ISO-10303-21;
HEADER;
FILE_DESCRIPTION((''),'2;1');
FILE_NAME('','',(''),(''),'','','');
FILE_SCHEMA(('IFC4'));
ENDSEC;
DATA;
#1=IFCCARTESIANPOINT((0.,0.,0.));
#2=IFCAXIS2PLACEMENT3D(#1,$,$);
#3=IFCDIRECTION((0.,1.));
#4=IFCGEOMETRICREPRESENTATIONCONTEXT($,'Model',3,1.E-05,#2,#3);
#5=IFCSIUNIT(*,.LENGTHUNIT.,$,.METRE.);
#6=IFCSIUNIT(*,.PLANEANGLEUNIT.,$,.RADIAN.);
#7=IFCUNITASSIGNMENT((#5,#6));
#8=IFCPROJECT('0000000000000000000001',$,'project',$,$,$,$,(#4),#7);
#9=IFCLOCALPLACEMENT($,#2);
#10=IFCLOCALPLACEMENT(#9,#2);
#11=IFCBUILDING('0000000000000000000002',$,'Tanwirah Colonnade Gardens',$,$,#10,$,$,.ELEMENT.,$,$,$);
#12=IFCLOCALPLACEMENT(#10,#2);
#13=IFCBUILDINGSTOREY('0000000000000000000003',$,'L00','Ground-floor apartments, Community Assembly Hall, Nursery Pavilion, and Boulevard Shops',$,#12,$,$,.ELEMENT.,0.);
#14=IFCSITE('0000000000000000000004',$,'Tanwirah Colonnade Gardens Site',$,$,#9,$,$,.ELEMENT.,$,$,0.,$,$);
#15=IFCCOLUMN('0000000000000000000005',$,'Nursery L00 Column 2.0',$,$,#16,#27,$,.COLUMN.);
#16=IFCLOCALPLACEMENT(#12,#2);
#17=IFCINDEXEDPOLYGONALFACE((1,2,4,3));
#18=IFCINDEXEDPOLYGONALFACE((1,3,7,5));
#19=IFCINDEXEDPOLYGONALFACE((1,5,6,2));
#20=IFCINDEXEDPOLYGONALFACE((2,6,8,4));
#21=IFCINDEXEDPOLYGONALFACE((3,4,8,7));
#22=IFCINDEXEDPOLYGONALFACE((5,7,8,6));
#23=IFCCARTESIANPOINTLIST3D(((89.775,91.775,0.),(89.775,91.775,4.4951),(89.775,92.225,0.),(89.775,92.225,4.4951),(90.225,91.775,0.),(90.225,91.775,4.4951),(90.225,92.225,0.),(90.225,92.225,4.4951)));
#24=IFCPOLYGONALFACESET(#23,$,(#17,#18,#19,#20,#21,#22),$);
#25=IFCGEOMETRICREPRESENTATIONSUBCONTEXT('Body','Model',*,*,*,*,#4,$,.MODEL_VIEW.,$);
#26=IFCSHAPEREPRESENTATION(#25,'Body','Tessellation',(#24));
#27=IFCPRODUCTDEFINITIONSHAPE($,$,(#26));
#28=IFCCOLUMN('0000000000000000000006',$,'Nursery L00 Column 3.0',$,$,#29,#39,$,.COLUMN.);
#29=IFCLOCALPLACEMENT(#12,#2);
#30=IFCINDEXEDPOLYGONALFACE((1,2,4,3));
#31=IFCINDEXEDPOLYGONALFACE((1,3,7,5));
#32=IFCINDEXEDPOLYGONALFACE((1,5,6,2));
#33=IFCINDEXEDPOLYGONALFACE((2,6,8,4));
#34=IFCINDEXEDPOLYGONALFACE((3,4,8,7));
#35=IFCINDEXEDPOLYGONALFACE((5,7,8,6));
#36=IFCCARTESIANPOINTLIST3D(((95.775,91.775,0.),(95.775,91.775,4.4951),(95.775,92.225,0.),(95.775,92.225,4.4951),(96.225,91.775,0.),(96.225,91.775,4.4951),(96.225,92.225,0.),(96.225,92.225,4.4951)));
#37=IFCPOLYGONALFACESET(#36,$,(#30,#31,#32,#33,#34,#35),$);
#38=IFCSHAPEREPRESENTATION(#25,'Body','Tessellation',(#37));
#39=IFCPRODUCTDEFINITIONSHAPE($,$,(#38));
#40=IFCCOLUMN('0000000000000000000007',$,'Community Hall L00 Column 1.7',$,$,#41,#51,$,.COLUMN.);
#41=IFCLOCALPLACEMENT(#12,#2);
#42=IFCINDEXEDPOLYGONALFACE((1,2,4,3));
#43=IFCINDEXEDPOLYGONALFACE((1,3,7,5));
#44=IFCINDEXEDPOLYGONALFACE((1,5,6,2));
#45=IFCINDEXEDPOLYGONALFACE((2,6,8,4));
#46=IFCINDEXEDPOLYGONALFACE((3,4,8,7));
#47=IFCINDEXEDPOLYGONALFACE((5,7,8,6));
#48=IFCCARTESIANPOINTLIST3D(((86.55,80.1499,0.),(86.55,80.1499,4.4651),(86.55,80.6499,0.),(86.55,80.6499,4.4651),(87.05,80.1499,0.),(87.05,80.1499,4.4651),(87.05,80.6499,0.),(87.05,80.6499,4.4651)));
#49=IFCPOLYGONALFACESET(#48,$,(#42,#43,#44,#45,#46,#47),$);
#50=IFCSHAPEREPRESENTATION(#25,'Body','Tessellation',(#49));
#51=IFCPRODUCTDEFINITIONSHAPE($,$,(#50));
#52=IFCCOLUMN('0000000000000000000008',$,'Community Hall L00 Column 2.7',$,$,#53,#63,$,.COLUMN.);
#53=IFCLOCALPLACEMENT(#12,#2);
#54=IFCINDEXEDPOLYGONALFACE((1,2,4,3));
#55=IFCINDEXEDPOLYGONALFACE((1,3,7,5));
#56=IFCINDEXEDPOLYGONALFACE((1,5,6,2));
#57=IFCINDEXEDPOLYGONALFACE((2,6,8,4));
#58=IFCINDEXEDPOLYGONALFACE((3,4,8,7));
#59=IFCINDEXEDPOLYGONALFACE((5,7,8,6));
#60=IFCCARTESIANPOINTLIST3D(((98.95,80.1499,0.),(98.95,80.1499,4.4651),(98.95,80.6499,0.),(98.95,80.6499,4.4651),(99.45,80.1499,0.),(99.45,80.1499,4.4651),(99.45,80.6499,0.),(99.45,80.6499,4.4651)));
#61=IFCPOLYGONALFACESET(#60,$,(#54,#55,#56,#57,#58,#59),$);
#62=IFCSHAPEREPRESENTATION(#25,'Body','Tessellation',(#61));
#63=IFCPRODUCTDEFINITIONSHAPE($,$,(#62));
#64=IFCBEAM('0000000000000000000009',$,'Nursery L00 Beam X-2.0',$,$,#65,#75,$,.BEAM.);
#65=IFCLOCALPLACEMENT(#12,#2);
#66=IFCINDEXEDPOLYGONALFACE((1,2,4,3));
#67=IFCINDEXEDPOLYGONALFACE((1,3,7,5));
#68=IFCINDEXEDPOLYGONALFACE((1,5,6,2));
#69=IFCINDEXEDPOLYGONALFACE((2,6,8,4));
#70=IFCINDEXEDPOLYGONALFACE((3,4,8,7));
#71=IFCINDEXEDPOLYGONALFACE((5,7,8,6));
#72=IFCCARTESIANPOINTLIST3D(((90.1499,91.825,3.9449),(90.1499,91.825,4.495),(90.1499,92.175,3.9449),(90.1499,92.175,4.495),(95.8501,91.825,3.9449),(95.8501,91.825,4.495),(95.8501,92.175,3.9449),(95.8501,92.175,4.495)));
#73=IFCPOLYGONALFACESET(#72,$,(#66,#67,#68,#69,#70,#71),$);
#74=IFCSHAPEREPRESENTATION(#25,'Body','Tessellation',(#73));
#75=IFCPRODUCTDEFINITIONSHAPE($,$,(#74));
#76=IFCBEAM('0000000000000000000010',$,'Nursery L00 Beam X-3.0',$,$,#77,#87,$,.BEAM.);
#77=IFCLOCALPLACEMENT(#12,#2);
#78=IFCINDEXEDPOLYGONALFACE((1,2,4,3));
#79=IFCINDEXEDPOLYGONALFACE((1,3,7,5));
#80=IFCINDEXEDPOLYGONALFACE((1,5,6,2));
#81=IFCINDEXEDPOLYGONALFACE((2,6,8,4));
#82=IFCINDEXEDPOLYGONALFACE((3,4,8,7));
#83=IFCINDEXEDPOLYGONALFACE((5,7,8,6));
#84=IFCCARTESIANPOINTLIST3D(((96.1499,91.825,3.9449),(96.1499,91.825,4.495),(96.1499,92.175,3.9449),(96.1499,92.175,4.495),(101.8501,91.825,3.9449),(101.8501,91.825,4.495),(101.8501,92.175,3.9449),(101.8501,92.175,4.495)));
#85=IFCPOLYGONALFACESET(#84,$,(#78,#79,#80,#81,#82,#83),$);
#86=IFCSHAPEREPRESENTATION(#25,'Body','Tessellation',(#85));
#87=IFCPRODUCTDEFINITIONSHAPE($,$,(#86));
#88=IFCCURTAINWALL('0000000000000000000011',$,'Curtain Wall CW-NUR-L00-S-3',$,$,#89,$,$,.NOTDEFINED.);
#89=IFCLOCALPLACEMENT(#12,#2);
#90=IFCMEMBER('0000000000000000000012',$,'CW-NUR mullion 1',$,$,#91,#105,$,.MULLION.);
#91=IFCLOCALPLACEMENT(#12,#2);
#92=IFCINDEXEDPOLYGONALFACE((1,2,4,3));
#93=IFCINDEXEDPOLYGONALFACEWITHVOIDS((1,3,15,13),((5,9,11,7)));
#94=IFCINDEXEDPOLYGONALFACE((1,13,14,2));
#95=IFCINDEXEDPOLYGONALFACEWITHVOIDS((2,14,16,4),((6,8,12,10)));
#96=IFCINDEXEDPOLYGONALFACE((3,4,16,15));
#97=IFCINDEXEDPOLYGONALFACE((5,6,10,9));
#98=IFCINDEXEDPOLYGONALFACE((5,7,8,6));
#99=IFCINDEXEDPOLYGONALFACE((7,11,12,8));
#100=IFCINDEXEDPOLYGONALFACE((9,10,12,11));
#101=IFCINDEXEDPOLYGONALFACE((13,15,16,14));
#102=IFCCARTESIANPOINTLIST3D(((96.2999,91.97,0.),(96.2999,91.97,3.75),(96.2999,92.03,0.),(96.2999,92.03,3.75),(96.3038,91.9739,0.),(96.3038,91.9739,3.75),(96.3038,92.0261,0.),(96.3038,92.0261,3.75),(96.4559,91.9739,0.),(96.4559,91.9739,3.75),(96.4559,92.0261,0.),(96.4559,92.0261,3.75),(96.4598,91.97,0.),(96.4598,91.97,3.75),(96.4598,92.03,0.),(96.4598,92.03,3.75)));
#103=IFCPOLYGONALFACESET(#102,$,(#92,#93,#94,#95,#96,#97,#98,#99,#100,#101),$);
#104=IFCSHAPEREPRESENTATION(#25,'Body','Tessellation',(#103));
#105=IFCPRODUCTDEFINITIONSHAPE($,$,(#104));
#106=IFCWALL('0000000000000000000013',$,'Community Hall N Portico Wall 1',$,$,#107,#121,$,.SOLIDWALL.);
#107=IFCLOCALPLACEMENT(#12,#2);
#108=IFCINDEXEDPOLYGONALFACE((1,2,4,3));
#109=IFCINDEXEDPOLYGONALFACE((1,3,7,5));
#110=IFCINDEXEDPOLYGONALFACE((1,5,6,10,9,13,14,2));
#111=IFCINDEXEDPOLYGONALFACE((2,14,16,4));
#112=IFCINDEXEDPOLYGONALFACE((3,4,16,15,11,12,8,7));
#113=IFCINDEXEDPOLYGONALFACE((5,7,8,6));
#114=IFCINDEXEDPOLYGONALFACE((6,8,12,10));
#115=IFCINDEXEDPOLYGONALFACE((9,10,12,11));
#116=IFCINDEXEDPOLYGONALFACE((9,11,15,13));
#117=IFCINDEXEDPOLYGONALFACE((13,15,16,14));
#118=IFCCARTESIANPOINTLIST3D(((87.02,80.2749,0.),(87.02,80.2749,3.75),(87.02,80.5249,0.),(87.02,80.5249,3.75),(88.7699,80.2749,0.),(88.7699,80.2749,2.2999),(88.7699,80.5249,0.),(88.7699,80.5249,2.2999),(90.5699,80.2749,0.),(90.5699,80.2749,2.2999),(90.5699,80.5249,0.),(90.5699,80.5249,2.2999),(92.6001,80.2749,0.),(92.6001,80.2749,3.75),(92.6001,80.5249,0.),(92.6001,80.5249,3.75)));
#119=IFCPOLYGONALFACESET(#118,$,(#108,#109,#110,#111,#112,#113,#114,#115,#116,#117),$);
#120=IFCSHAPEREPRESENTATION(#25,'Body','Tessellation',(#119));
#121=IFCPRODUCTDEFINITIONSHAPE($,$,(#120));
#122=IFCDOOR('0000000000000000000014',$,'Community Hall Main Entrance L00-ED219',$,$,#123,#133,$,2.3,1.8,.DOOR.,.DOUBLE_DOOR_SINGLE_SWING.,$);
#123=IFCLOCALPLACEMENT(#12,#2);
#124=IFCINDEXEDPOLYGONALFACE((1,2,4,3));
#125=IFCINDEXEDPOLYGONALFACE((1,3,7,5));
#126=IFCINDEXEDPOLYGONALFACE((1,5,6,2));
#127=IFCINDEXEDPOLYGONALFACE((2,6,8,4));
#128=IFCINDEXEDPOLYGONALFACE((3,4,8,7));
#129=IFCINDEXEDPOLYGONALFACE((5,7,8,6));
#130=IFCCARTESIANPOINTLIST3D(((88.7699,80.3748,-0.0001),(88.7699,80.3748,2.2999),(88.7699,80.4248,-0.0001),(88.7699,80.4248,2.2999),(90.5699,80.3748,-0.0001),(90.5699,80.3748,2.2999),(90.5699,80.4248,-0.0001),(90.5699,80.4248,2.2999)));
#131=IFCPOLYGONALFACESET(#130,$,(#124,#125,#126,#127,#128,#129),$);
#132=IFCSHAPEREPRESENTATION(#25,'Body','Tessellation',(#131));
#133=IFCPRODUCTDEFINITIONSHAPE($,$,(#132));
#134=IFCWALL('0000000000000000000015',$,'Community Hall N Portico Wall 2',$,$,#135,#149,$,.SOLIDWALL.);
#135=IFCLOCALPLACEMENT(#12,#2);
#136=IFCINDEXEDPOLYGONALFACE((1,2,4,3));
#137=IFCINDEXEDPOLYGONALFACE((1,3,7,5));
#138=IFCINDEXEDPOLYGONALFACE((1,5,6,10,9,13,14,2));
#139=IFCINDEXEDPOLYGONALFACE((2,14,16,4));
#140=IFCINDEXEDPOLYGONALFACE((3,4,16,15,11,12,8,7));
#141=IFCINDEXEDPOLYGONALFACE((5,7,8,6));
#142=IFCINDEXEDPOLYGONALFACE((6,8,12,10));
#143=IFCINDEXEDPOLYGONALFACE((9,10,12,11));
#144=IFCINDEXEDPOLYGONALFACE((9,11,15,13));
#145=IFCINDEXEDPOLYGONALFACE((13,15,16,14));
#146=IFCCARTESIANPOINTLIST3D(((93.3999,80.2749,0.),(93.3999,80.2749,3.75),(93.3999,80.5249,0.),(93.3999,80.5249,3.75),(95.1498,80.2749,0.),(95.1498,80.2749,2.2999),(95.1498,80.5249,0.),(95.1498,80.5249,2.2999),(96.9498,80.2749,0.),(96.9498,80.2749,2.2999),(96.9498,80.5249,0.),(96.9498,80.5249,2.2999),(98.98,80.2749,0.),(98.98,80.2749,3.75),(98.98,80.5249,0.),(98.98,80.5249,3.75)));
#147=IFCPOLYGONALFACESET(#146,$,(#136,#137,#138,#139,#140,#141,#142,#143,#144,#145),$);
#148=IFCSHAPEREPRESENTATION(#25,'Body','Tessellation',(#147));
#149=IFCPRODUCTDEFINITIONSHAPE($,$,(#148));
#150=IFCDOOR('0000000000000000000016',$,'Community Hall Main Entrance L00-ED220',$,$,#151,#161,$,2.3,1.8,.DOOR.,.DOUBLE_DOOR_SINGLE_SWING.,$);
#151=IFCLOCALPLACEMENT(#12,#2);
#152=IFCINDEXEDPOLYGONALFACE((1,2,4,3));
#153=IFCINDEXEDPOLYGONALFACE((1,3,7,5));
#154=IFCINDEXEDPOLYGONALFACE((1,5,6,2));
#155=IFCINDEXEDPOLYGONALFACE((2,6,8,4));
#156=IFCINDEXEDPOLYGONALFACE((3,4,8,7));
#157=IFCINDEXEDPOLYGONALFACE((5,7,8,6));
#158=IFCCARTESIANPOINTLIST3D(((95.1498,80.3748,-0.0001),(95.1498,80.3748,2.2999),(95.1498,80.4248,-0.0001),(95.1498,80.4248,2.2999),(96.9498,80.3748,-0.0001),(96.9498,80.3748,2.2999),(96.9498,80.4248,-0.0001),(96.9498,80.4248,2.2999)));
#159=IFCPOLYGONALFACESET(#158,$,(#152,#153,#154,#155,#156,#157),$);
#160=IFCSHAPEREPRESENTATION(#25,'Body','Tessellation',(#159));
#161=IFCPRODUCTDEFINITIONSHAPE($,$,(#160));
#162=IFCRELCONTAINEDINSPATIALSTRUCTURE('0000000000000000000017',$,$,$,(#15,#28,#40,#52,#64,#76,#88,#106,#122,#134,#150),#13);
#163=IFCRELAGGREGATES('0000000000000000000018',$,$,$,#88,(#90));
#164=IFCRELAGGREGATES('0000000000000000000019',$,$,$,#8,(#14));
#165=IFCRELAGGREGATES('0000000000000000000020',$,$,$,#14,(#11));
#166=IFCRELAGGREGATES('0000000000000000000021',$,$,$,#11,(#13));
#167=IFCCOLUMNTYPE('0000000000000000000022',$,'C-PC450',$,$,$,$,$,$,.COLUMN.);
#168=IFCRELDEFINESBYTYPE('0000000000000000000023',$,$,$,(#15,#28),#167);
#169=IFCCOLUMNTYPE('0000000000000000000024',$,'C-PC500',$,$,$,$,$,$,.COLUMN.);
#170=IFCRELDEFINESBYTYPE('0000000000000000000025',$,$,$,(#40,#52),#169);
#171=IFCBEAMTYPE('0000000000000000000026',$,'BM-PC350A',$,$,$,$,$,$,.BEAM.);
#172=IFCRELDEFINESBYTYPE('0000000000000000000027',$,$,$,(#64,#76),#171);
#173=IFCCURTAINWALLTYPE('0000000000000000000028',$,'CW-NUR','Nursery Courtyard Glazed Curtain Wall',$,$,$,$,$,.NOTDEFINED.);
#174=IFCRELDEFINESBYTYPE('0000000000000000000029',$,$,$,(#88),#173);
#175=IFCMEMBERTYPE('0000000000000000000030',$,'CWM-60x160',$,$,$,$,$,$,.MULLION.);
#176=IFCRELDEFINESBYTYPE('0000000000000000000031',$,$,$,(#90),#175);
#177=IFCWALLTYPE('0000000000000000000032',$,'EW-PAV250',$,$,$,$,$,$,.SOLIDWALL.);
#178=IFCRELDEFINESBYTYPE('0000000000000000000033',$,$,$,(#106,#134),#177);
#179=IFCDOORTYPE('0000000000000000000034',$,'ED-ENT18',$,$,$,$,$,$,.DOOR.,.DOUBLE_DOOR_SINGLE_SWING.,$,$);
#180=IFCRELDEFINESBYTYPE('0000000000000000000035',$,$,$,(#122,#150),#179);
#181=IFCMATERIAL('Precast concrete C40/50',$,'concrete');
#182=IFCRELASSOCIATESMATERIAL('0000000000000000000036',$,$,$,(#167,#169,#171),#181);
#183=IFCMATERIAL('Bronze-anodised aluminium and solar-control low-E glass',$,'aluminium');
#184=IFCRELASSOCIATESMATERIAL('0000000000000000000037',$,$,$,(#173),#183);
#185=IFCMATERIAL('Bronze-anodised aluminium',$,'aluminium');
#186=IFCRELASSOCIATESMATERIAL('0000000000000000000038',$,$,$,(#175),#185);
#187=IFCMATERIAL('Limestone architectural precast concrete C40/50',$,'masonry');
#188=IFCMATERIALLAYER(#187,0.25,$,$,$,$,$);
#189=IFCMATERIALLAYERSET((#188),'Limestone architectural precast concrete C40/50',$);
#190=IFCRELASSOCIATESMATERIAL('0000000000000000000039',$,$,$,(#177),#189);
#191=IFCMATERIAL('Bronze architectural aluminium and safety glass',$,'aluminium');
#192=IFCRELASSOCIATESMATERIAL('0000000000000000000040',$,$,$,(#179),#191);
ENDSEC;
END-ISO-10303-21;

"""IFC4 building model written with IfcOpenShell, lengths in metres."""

from ifc_helpers import new_model, si_unit, direction, frame, frame_2d, origin, origin_2d, place, context, subcontext, project, spatial, rectangle, hollow_rectangle, extrude, material, layer, layer_set, material_profile, profile_set, type_object, element, fill, aggregate, save


model = new_model("IFC4")

# Units and contexts
model_context = context("Model", 3, precision=1e-05, world=origin(), true_north=direction((0.0, 1.0)))
body_context = subcontext(model_context, "Body", "Model", "MODEL_VIEW")
ifc_project = project(units=[si_unit("LENGTHUNIT", "METRE"), si_unit("PLANEANGLEUNIT", "RADIAN")], contexts=[model_context])

# Site, building, storey
site_placement = place(None, origin())
site = spatial("IfcSite", under=ifc_project, at=site_placement, Name="Tanwirah Colonnade Gardens Site", CompositionType="ELEMENT", RefElevation=0.0)
building_placement = place(site_placement, origin())
building = spatial("IfcBuilding", under=site, at=building_placement, Name="Tanwirah Colonnade Gardens", CompositionType="ELEMENT")
storey_placement = place(building_placement, origin())
storey = spatial("IfcBuildingStorey", under=building, at=storey_placement, Name="L00", Description="Ground-floor apartments, Community Assembly Hall, Nursery Pavilion, and Boulevard Shops", CompositionType="ELEMENT", Elevation=0.0)

# Columns
ifc_material_1 = material(Name="Precast concrete C40/50", Category="concrete")
ifc_material_profile_1 = material_profile(ifc_material_1, rectangle(XDim=0.45, YDim=0.45, at=origin_2d()), Name="PC-COL 450x450")
ifc_profile_set_1 = profile_set([ifc_material_profile_1], Name="Precast concrete C40/50")
column_type_1 = type_object("IfcColumnType", Name="C-PC450", PredefinedType="COLUMN", material=ifc_profile_set_1)
for number, where, z_axis, x_axis, name in (
    (1, (90.0, 92.0, 0.0), (0.0, 0.0, 1.0), (1.0, 0.0, 0.0), "Nursery L00 Column 2.0"),
    (2, (96.0, 92.0, 0.0), (0.0, 0.0, 1.0), (1.0, 0.0, 0.0), "Nursery L00 Column 3.0"),
):
    element("IfcColumn", number, at=place(storey_placement, frame(where, z_axis=z_axis, x_axis=x_axis)), inside=storey, type_object=column_type_1, Name=name, PredefinedType="COLUMN", context=body_context, shape_type="SweptSolid", body=[
        extrude(rectangle(XDim=0.45, YDim=0.45, at=origin_2d()), origin(), (0.0, 0.0, 1.0), 4.4951),
    ])
ifc_material_profile_2 = material_profile(ifc_material_1, rectangle(XDim=0.5, YDim=0.5, at=origin_2d()), Name="PC-COL 500x500")
ifc_profile_set_2 = profile_set([ifc_material_profile_2], Name="Precast concrete C40/50")
column_type_2 = type_object("IfcColumnType", Name="C-PC500", PredefinedType="COLUMN", material=ifc_profile_set_2)
for number, where, z_axis, x_axis, name in (
    (3, (86.8, 80.3999, 0.0), (0.0, 0.0, 1.0), (1.0, 0.0, 0.0), "Community Hall L00 Column 1.7"),
    (4, (99.2, 80.3999, 0.0), (0.0, 0.0, 1.0), (1.0, 0.0, 0.0), "Community Hall L00 Column 2.7"),
):
    element("IfcColumn", number, at=place(storey_placement, frame(where, z_axis=z_axis, x_axis=x_axis)), inside=storey, type_object=column_type_2, Name=name, PredefinedType="COLUMN", context=body_context, shape_type="SweptSolid", body=[
        extrude(rectangle(XDim=0.5, YDim=0.5, at=origin_2d()), origin(), (0.0, 0.0, 1.0), 4.4651),
    ])

# Beams
ifc_material_profile_3 = material_profile(ifc_material_1, rectangle(XDim=0.3501, YDim=0.55, at=origin_2d()), Name="PC-BM 350x550")
ifc_profile_set_3 = profile_set([ifc_material_profile_3], Name="Precast concrete C40/50")
beam_type = type_object("IfcBeamType", Name="BM-PC350A", PredefinedType="BEAM", material=ifc_profile_set_3)
for number, where, z_axis, x_axis, name in (
    (5, (90.1499, 92.0, 4.22), (1.0, 0.0, 0.0), (0.0, 1.0, 0.0), "Nursery L00 Beam X-2.0"),
    (6, (96.1499, 92.0, 4.22), (1.0, 0.0, 0.0), (0.0, 1.0, 0.0), "Nursery L00 Beam X-3.0"),
):
    element("IfcBeam", number, at=place(storey_placement, frame(where, z_axis=z_axis, x_axis=x_axis)), inside=storey, type_object=beam_type, Name=name, PredefinedType="BEAM", context=body_context, shape_type="SweptSolid", body=[
        extrude(rectangle(XDim=0.3501, YDim=0.55, at=origin_2d()), origin(), (0.0, 0.0, 1.0), 5.7002),
    ])

# Curtain wall, member
ifc_material_2 = material(Name="Bronze-anodised aluminium and solar-control low-E glass", Category="aluminium")
curtain_wall_type = type_object("IfcCurtainWallType", Name="CW-NUR", Description="Nursery Courtyard Glazed Curtain Wall", PredefinedType="NOTDEFINED", material=ifc_material_2)
curtain_wall_placement = place(storey_placement, origin())
curtain_wall = element("IfcCurtainWall", 7, at=curtain_wall_placement, inside=storey, type_object=curtain_wall_type, Name="Curtain Wall CW-NUR-L00-S-3", PredefinedType="NOTDEFINED")
ifc_material_3 = material(Name="Bronze-anodised aluminium", Category="aluminium")
ifc_material_profile_4 = material_profile(ifc_material_3, hollow_rectangle(XDim=0.0601, YDim=0.1599, WallThickness=0.0039, at=origin_2d()), Name="CW-MUL 60x160x4")
ifc_profile_set_4 = profile_set([ifc_material_profile_4], Name="Bronze-anodised aluminium")
member_type = type_object("IfcMemberType", Name="CWM-60x160", PredefinedType="MULLION", material=ifc_profile_set_4)
member_placement = place(storey_placement, frame((96.3799, 92.0, 0.0), z_axis=(0.0, 0.0, 1.0), x_axis=(0.0, 1.0, 0.0)))
member = element("IfcMember", 8, at=member_placement, type_object=member_type, Name="CW-NUR mullion 1", PredefinedType="MULLION", context=body_context, shape_type="SweptSolid", body=[
    extrude(hollow_rectangle(XDim=0.0601, YDim=0.1599, WallThickness=0.0039, at=origin_2d()), origin(), (0.0, 0.0, 1.0), 3.75),
])
aggregate(curtain_wall, [member])

# Walls, openings, doors
ifc_material_4 = material(Name="Limestone architectural precast concrete C40/50", Category="masonry")
ifc_layer_1 = layer(ifc_material_4, 0.25)
ifc_layer_set_1 = layer_set([ifc_layer_1], Name="Limestone architectural precast concrete C40/50")
wall_type_1 = type_object("IfcWallType", Name="EW-PAV250", PredefinedType="SOLIDWALL", material=ifc_layer_set_1)
wall_1_placement = place(storey_placement, frame((87.02, 80.3999, 0.0), z_axis=(0.0, 0.0, 1.0), x_axis=(1.0, 0.0, 0.0)))
wall_1 = element("IfcWall", 9, at=wall_1_placement, inside=storey, type_object=wall_type_1, Name="Community Hall N Portico Wall 1", PredefinedType="SOLIDWALL", context=body_context, shape_type="SweptSolid", body=[
    extrude(rectangle(XDim=5.5801, YDim=0.25, at=frame_2d((2.79, 0.0))), origin(), (0.0, 0.0, 1.0), 3.75),
])
opening_1_placement = place(wall_1_placement, frame((1.75, 0.0, 0.0)))
opening_1 = element("IfcOpeningElement", 10, at=opening_1_placement, cuts=wall_1, PredefinedType="OPENING", context=body_context, shape_type="SweptSolid", body=[
    extrude(rectangle(XDim=1.8, YDim=2.3, at=frame_2d((0.8999, 1.1499))), frame((0.0, 0.135, 0.0), z_axis=(0.0, -1.0, 0.0), x_axis=(1.0, 0.0, 0.0)), (0.0, 0.0, 1.0), 0.27),
])
ifc_material_5 = material(Name="Bronze architectural aluminium and safety glass", Category="aluminium")
door_type_1 = type_object("IfcDoorType", Name="ED-ENT18", OperationType="DOUBLE_DOOR_SINGLE_SWING", PredefinedType="DOOR", material=ifc_material_5)
door_1_placement = place(opening_1_placement, origin())
door_1 = element("IfcDoor", 11, at=door_1_placement, inside=storey, type_object=door_type_1, Name="Community Hall Main Entrance L00-ED219", OperationType="DOUBLE_DOOR_SINGLE_SWING", OverallHeight=2.3, OverallWidth=1.8, PredefinedType="DOOR", context=body_context, shape_type="SweptSolid", body=[
    extrude(rectangle(XDim=1.8, YDim=2.3, at=frame_2d((0.8999, 1.1499))), frame((0.0, 0.0249, 0.0), z_axis=(0.0, -1.0, 0.0), x_axis=(1.0, 0.0, 0.0)), (0.0, 0.0, 1.0), 0.05),
])
fill(opening_1, door_1)
wall_2_placement = place(storey_placement, frame((93.3999, 80.3999, 0.0), z_axis=(0.0, 0.0, 1.0), x_axis=(1.0, 0.0, 0.0)))
wall_2 = element("IfcWall", 12, at=wall_2_placement, inside=storey, type_object=wall_type_1, Name="Community Hall N Portico Wall 2", PredefinedType="SOLIDWALL", context=body_context, shape_type="SweptSolid", body=[
    extrude(rectangle(XDim=5.5801, YDim=0.25, at=frame_2d((2.79, 0.0))), origin(), (0.0, 0.0, 1.0), 3.75),
])
opening_2_placement = place(wall_2_placement, frame((1.75, 0.0, 0.0)))
opening_2 = element("IfcOpeningElement", 13, at=opening_2_placement, cuts=wall_2, PredefinedType="OPENING", context=body_context, shape_type="SweptSolid", body=[
    extrude(rectangle(XDim=1.8, YDim=2.3, at=frame_2d((0.8999, 1.1499))), frame((0.0, 0.135, 0.0), z_axis=(0.0, -1.0, 0.0), x_axis=(1.0, 0.0, 0.0)), (0.0, 0.0, 1.0), 0.27),
])
door_2_placement = place(opening_2_placement, origin())
door_2 = element("IfcDoor", 14, at=door_2_placement, inside=storey, type_object=door_type_1, Name="Community Hall Main Entrance L00-ED220", OperationType="DOUBLE_DOOR_SINGLE_SWING", OverallHeight=2.3, OverallWidth=1.8, PredefinedType="DOOR", context=body_context, shape_type="SweptSolid", body=[
    extrude(rectangle(XDim=1.8, YDim=2.3, at=frame_2d((0.8999, 1.1499))), frame((0.0, 0.0249, 0.0), z_axis=(0.0, -1.0, 0.0), x_axis=(1.0, 0.0, 0.0)), (0.0, 0.0, 1.0), 0.05),
])
fill(opening_2, door_2)

save(model, "model.ifc")
